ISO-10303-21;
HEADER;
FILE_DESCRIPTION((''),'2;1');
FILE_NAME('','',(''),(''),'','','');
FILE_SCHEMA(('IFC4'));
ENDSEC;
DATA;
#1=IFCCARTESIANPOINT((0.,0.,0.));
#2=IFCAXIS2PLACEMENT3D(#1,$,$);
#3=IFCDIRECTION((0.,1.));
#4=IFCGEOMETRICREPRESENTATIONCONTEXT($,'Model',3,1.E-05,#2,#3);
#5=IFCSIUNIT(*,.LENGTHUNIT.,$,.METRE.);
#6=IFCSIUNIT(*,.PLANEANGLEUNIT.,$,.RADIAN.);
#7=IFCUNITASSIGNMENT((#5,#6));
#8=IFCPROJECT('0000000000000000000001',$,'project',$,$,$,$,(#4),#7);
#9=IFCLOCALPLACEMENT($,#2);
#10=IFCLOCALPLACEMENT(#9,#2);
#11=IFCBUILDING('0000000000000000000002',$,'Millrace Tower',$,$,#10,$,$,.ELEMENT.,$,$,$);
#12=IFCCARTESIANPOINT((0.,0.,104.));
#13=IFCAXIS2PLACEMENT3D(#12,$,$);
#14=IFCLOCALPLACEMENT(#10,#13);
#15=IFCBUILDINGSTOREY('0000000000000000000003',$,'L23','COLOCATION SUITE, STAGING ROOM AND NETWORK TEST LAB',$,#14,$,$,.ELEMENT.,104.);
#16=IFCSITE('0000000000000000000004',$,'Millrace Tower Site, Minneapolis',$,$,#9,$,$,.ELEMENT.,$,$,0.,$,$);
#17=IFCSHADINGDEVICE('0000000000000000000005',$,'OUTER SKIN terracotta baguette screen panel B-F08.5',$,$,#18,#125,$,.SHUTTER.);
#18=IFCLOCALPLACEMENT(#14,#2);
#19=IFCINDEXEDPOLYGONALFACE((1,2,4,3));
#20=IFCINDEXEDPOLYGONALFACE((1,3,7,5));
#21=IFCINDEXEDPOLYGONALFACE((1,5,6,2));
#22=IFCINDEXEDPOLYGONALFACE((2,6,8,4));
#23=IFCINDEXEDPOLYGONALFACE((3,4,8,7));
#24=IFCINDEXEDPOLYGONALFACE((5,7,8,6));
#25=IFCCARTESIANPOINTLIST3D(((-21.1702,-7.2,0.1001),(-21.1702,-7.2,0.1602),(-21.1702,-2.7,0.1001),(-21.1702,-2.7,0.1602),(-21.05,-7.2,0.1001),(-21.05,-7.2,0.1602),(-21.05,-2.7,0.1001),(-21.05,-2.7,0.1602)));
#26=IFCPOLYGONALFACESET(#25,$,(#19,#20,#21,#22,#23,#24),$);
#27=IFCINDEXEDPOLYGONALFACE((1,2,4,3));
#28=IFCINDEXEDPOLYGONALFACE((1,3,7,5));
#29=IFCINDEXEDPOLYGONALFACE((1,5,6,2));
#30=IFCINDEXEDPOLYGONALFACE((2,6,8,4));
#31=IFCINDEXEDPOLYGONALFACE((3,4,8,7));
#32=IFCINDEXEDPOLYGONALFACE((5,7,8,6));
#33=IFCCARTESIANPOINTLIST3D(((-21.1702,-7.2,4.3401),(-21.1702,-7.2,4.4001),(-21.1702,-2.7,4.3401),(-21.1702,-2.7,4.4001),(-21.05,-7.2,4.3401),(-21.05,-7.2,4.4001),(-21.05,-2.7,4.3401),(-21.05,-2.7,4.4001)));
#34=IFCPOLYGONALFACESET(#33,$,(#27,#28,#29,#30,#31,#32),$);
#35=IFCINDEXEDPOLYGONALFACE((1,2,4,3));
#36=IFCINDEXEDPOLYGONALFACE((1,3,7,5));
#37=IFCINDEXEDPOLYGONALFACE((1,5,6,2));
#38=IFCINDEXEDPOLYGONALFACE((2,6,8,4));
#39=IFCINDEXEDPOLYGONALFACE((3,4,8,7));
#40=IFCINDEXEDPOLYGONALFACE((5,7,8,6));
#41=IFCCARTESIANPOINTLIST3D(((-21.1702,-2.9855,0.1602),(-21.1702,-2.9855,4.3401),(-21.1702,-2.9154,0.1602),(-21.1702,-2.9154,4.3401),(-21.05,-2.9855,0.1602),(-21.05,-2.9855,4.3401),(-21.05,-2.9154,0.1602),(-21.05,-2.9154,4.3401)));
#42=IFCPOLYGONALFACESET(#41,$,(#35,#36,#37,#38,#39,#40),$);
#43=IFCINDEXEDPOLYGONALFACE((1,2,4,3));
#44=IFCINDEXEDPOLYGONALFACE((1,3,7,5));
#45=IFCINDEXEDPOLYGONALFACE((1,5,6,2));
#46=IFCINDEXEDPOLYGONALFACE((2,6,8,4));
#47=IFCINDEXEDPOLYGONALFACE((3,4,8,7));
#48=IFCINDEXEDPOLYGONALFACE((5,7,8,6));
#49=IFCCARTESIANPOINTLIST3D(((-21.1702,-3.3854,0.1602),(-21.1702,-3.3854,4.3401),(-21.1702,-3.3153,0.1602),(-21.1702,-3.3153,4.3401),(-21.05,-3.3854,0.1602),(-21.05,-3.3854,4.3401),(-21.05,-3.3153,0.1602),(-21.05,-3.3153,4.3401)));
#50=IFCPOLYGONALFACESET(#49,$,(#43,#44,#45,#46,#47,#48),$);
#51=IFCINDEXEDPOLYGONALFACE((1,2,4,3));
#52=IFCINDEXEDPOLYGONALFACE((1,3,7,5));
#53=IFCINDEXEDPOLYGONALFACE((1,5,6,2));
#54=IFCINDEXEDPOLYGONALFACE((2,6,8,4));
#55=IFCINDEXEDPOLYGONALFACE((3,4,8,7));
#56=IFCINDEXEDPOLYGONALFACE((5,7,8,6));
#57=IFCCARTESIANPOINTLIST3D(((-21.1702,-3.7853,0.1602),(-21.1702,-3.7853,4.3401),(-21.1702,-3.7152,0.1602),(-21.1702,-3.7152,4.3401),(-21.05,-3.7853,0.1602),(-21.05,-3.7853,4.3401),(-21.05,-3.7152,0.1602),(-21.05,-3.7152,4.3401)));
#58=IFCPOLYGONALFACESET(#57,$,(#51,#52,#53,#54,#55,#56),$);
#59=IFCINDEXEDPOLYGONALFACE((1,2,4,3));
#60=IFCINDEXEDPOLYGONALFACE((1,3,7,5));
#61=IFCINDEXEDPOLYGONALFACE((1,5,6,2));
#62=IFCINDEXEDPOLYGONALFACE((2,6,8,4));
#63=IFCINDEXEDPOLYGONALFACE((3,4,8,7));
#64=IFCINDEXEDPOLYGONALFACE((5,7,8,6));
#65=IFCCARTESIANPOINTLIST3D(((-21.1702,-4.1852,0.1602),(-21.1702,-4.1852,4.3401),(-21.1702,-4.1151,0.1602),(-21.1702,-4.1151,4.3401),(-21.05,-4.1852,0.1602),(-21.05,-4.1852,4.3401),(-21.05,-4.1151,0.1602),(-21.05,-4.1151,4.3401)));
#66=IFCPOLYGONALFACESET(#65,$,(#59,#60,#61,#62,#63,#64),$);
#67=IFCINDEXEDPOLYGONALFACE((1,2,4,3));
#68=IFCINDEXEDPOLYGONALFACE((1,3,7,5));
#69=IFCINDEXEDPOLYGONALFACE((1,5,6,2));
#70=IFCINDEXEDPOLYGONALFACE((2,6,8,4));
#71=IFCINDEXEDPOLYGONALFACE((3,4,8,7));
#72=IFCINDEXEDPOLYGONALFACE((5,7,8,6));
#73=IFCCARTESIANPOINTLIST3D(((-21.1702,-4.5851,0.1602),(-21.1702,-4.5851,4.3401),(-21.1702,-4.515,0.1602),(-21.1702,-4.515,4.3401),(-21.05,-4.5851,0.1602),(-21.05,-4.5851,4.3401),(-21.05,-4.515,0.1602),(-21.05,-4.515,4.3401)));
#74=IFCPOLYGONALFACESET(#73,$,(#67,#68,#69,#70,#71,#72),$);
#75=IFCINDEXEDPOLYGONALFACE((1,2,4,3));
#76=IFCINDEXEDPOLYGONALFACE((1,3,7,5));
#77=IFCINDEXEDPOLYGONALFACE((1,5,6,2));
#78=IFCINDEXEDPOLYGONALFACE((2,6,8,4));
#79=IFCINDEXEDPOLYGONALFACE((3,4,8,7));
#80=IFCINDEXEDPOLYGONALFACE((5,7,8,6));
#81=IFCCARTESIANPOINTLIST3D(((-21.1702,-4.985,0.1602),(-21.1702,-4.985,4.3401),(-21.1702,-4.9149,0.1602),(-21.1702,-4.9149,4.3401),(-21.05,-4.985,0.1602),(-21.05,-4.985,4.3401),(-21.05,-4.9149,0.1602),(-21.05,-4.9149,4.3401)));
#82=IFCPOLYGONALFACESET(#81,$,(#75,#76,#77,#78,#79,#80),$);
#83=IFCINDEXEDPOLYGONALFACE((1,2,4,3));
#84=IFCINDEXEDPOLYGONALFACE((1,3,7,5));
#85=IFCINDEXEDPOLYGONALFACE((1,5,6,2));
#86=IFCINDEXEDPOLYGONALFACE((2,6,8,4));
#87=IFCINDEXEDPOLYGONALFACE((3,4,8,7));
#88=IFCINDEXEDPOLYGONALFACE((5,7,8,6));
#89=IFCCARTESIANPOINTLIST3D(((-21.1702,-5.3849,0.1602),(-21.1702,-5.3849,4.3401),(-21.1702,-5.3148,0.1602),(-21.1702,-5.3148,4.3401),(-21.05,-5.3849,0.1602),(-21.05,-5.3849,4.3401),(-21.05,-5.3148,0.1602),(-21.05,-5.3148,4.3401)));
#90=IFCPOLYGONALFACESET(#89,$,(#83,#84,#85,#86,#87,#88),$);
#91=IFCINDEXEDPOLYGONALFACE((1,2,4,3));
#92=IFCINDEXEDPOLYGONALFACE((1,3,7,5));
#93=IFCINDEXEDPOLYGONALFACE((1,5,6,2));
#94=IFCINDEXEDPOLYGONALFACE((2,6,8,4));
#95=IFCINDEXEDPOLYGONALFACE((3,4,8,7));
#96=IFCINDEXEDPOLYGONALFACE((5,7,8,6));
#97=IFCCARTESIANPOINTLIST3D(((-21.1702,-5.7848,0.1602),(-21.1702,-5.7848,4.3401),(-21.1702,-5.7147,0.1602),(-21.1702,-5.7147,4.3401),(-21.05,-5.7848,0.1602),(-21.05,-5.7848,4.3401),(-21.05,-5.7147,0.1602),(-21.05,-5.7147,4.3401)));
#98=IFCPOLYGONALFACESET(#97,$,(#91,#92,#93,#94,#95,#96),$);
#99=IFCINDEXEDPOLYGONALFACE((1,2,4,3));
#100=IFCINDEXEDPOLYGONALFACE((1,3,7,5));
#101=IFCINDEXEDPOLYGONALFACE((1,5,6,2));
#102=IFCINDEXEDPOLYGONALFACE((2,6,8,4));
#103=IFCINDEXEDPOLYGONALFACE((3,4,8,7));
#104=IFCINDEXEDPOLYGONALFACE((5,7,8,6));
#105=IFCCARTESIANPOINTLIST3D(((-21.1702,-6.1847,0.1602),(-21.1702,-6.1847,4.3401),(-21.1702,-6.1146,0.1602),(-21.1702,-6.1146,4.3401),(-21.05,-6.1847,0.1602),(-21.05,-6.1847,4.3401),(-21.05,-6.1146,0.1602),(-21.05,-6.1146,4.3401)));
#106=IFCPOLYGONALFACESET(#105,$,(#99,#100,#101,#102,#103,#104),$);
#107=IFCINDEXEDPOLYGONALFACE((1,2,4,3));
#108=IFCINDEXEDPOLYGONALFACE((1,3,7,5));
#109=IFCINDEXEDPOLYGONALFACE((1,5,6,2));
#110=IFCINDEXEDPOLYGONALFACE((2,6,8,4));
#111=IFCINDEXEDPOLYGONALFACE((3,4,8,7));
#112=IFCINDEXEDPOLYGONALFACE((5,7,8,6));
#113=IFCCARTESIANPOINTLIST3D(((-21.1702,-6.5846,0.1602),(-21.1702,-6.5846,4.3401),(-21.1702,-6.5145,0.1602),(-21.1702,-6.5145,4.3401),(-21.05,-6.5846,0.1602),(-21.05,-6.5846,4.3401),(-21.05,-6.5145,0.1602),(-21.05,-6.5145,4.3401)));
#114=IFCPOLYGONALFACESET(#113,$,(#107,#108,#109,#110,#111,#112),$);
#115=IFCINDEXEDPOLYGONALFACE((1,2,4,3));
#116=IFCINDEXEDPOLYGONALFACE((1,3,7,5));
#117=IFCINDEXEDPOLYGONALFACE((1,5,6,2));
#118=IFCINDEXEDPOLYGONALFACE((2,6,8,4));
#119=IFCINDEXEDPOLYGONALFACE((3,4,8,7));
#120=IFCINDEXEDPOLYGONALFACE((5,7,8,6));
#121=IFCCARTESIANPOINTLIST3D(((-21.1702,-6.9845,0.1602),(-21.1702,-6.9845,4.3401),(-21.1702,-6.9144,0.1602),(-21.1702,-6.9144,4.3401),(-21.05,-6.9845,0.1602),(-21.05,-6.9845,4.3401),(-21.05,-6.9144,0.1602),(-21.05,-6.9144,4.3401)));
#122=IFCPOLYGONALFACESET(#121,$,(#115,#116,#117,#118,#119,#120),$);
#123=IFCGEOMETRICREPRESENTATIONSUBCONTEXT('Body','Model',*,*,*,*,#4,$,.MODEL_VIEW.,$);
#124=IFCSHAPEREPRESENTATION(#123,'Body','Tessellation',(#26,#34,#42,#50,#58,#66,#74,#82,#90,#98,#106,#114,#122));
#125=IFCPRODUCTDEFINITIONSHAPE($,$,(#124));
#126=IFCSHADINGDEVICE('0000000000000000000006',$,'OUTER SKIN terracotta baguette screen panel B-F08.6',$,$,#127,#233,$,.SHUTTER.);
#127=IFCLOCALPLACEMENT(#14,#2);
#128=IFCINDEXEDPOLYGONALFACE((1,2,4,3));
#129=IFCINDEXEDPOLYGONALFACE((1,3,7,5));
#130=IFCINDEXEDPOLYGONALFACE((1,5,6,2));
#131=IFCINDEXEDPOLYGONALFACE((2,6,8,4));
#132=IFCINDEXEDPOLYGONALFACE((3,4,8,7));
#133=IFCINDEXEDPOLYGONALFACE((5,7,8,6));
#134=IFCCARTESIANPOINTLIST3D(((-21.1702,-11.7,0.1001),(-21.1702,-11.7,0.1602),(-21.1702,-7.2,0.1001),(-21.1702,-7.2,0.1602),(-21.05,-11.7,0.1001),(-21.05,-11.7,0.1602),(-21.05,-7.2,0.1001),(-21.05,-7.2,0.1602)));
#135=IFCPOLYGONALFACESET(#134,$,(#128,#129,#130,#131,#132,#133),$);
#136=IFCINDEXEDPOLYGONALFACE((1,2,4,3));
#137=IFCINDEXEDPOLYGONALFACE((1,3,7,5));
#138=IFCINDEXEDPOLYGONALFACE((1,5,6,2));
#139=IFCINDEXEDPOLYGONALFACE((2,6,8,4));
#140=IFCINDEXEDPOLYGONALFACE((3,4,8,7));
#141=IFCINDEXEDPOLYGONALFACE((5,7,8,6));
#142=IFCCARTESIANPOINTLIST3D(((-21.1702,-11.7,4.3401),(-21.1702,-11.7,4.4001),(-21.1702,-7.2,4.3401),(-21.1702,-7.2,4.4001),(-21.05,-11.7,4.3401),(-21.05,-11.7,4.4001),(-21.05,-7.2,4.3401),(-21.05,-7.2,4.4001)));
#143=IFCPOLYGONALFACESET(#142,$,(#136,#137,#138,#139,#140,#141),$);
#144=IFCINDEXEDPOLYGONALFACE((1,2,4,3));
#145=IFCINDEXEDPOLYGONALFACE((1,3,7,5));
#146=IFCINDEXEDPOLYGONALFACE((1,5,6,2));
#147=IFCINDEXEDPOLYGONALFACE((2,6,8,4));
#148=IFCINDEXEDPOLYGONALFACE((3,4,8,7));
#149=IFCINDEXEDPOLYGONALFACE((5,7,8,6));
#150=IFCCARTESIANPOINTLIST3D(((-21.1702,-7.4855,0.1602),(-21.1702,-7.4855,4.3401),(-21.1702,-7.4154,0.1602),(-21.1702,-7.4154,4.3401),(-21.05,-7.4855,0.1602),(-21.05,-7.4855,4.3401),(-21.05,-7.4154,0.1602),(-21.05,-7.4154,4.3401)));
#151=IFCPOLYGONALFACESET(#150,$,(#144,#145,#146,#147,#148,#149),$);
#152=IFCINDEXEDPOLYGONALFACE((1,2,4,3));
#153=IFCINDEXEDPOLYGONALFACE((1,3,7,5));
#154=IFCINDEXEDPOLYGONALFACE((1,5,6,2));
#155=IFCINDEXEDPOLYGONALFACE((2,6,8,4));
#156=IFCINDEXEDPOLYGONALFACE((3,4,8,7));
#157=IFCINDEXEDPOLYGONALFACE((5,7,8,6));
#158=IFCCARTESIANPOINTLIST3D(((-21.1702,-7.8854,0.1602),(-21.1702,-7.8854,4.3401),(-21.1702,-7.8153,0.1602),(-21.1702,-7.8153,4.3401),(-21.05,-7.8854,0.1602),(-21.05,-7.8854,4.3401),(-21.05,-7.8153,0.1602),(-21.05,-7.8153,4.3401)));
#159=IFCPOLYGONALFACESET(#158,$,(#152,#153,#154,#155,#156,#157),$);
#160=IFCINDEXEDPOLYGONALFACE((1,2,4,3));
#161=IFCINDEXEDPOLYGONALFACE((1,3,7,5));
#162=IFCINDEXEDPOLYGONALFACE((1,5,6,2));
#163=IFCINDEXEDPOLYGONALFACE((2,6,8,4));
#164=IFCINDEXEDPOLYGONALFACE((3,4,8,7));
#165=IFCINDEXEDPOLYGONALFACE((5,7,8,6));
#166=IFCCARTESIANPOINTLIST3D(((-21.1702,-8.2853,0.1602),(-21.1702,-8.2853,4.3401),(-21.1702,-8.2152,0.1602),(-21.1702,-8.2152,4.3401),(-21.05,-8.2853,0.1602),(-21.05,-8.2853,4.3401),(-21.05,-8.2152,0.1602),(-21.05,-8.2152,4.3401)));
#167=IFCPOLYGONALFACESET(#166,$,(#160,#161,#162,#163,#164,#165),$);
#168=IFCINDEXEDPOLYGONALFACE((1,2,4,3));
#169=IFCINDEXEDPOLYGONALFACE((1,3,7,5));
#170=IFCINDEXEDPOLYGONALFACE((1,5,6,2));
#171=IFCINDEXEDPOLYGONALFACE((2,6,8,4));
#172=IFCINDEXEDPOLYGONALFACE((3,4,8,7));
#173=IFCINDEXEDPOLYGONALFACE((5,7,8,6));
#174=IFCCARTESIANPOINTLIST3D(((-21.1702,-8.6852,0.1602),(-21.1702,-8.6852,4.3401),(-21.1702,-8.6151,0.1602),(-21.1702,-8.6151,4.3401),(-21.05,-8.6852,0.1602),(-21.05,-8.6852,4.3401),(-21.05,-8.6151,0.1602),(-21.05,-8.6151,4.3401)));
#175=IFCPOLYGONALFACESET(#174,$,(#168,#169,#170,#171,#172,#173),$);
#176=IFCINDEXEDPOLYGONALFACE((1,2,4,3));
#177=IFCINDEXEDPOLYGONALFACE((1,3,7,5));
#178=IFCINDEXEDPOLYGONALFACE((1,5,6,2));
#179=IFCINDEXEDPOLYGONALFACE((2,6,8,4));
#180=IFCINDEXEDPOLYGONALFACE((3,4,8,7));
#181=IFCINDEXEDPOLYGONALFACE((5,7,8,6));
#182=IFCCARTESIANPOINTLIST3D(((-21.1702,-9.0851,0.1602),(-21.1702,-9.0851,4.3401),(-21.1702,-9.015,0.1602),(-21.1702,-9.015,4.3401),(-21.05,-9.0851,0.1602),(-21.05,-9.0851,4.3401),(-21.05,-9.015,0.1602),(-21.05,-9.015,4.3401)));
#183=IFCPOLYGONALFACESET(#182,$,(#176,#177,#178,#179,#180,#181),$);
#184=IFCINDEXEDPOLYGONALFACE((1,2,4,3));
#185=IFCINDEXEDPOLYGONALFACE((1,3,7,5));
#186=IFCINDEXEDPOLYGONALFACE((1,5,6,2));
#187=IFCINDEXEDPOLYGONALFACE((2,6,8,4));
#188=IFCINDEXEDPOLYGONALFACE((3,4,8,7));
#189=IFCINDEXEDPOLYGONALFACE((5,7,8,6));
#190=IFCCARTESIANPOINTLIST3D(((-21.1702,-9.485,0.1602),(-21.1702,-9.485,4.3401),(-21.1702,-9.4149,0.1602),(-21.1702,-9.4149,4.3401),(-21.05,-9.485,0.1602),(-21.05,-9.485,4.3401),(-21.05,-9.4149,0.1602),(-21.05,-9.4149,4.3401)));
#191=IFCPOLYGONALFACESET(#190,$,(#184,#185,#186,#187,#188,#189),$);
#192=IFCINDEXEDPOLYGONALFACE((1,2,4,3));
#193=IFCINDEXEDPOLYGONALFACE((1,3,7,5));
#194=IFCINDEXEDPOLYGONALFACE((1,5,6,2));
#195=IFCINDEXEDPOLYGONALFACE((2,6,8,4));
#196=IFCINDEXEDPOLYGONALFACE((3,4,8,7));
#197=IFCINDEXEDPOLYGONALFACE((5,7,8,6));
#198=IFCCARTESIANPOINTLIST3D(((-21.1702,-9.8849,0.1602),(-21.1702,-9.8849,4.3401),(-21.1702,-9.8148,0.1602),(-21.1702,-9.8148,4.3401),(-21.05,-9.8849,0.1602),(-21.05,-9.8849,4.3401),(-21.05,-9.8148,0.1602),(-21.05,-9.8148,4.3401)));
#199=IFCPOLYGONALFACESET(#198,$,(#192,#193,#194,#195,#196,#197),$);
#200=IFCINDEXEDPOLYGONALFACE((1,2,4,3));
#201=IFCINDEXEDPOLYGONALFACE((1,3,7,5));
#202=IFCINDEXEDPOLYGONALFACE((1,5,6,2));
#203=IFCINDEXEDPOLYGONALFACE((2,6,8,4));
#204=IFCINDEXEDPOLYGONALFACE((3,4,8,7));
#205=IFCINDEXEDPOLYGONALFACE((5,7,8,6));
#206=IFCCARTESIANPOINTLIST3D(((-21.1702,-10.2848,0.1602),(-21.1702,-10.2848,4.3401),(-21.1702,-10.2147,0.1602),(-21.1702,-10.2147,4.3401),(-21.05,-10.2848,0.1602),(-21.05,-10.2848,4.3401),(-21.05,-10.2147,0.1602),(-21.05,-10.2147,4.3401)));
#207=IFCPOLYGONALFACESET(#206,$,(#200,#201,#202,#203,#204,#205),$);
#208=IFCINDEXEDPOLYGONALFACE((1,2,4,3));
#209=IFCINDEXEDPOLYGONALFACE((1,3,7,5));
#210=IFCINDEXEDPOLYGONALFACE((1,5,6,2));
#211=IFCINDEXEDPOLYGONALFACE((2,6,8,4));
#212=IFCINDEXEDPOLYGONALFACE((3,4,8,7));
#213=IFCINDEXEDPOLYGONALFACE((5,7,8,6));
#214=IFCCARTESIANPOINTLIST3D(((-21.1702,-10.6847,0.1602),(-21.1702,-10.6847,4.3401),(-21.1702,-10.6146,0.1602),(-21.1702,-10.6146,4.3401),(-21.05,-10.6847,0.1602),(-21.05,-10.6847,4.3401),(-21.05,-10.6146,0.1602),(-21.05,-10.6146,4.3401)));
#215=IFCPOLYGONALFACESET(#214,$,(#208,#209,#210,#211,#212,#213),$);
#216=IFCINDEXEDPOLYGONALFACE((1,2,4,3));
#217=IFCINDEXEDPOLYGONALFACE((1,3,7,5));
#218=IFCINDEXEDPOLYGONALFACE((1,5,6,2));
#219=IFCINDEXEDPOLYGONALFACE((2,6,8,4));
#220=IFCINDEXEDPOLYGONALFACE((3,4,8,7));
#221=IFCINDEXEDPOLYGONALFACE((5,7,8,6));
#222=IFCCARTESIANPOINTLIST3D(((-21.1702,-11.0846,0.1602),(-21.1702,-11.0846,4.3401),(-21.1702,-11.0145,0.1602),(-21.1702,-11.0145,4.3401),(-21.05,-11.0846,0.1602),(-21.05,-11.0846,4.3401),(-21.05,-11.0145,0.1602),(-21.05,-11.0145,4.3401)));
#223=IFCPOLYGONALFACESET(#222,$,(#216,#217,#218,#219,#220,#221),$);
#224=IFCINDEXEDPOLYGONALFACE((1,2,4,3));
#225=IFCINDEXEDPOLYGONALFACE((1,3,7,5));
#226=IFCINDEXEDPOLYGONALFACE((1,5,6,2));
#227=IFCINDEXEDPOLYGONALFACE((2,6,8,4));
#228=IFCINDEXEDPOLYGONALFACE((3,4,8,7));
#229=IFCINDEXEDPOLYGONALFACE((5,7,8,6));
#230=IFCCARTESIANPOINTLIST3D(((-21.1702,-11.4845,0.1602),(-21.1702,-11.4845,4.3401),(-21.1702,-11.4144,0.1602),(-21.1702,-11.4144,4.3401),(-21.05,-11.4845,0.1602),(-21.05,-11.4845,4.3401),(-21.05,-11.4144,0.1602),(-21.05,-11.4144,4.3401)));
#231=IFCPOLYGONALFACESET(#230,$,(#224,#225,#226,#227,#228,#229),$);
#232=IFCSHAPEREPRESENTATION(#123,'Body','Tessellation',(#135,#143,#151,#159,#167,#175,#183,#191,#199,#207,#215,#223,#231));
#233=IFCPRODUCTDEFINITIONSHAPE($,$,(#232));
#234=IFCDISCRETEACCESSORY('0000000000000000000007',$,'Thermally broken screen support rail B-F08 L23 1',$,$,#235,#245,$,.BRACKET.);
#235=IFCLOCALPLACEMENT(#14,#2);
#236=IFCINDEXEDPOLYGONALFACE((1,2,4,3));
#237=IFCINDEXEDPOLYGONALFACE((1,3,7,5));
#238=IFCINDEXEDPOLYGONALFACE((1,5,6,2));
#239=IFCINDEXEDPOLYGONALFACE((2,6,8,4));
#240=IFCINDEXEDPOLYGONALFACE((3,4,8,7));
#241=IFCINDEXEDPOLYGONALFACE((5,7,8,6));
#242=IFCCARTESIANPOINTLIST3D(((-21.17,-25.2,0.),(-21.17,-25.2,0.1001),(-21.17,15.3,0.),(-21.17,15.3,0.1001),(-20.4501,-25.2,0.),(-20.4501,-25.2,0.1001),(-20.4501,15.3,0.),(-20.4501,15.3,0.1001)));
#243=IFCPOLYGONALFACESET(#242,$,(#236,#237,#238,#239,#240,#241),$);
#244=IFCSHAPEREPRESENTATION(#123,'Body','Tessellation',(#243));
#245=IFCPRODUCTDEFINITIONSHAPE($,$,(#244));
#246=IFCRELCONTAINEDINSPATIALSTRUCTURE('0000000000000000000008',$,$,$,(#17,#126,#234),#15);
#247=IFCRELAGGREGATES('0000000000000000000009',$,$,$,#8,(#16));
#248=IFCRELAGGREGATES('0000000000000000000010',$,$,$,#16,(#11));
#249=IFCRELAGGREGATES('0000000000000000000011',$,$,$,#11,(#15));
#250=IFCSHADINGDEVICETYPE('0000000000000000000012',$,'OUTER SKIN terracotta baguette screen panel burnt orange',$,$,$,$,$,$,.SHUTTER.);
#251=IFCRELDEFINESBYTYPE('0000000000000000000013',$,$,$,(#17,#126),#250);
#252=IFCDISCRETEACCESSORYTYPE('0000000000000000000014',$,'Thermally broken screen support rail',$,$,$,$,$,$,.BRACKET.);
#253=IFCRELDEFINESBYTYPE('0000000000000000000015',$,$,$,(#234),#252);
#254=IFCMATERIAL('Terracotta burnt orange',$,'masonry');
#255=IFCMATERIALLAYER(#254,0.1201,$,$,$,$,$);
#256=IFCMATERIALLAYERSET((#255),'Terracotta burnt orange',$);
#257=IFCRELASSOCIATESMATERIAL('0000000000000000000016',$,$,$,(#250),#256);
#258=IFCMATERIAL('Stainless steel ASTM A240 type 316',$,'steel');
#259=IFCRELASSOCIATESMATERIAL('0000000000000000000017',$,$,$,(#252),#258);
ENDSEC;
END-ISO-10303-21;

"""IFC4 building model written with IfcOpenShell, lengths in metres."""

from ifc_helpers import new_model, entity, si_unit, direction, frame, frame_2d, origin, origin_2d, place, context, subcontext, project, spatial, rectangle, extrude, source, transform, mapped, material, layer, layer_set, type_object, element, save


model = new_model("IFC4")

# Units and contexts
model_context = context("Model", 3, precision=1e-05, world=origin(), true_north=direction((0.0, 1.0)))
body_context = subcontext(model_context, "Body", "Model", "MODEL_VIEW")
ifc_project = project(units=[si_unit("LENGTHUNIT", "METRE"), si_unit("PLANEANGLEUNIT", "RADIAN")], contexts=[model_context])

# Site, building, storey
site_placement = place(None, origin())
site = spatial("IfcSite", under=ifc_project, at=site_placement, Name="Millrace Tower Site, Minneapolis", CompositionType="ELEMENT", RefElevation=0.0)
building_placement = place(site_placement, origin())
building = spatial("IfcBuilding", under=site, at=building_placement, Name="Millrace Tower", CompositionType="ELEMENT")
storey_placement = place(building_placement, frame((0.0, 0.0, 104.0)))
storey = spatial("IfcBuildingStorey", under=building, at=storey_placement, Name="L23", Description="COLOCATION SUITE, STAGING ROOM AND NETWORK TEST LAB", CompositionType="ELEMENT", Elevation=104.0)

# Shading devices
ifc_material_1 = material(Name="Terracotta burnt orange", Category="masonry")
ifc_layer_1 = layer(ifc_material_1, 0.1201)
ifc_layer_set_1 = layer_set([ifc_layer_1], Name="Terracotta burnt orange")
shading_device_type = type_object("IfcShadingDeviceType", Name="OUTER SKIN terracotta baguette screen panel burnt orange", PredefinedType="SHUTTER", material=ifc_layer_set_1)
cartesian_point = entity("IfcCartesianPoint", [-2.25, 0.0601])
shared_polyline = entity("IfcPolyline", [cartesian_point, entity("IfcCartesianPoint", [2.25, 0.0601]), entity("IfcCartesianPoint", [2.25, -0.0601]), entity("IfcCartesianPoint", [-2.25, -0.0601]), cartesian_point])
shared_shape = source(origin(), body_context, "Body", "SweptSolid", [
    entity("IfcExtrudedAreaSolid", entity("IfcArbitraryClosedProfileDef", "AREA", None, shared_polyline), entity("IfcAxis2Placement3D", entity("IfcCartesianPoint", [0.0, 0.0, 0.0])), entity("IfcDirection", [0.0, 0.0, 1.0]), 0.0601),
    entity("IfcExtrudedAreaSolid", entity("IfcArbitraryClosedProfileDef", "AREA", None, shared_polyline), entity("IfcAxis2Placement3D", entity("IfcCartesianPoint", [0.0, 0.0, 4.24])), entity("IfcDirection", [0.0, 0.0, 1.0]), 0.0601),
    extrude(rectangle(XDim=0.0701, YDim=0.1201, at=frame_2d((-1.9995, 0.0))), frame((0.0, 0.0, 0.0601)), (0.0, 0.0, 1.0), 4.1799),
    extrude(rectangle(XDim=0.0701, YDim=0.1201, at=frame_2d((-1.5996, 0.0))), frame((0.0, 0.0, 0.0601)), (0.0, 0.0, 1.0), 4.1799),
    extrude(rectangle(XDim=0.0701, YDim=0.1201, at=frame_2d((-1.1997, 0.0))), frame((0.0, 0.0, 0.0601)), (0.0, 0.0, 1.0), 4.1799),
    extrude(rectangle(XDim=0.0701, YDim=0.1201, at=frame_2d((-0.7998, 0.0))), frame((0.0, 0.0, 0.0601)), (0.0, 0.0, 1.0), 4.1799),
    extrude(rectangle(XDim=0.0701, YDim=0.1201, at=frame_2d((-0.3999, 0.0))), frame((0.0, 0.0, 0.0601)), (0.0, 0.0, 1.0), 4.1799),
    extrude(rectangle(XDim=0.0701, YDim=0.1201, at=origin_2d()), frame((0.0, 0.0, 0.0601)), (0.0, 0.0, 1.0), 4.1799),
    extrude(rectangle(XDim=0.0701, YDim=0.1201, at=frame_2d((0.3999, 0.0))), frame((0.0, 0.0, 0.0601)), (0.0, 0.0, 1.0), 4.1799),
    extrude(rectangle(XDim=0.0701, YDim=0.1201, at=frame_2d((0.7998, 0.0))), frame((0.0, 0.0, 0.0601)), (0.0, 0.0, 1.0), 4.1799),
    extrude(rectangle(XDim=0.0701, YDim=0.1201, at=frame_2d((1.1997, 0.0))), frame((0.0, 0.0, 0.0601)), (0.0, 0.0, 1.0), 4.1799),
    extrude(rectangle(XDim=0.0701, YDim=0.1201, at=frame_2d((1.5996, 0.0))), frame((0.0, 0.0, 0.0601)), (0.0, 0.0, 1.0), 4.1799),
    extrude(rectangle(XDim=0.0701, YDim=0.1201, at=frame_2d((1.9995, 0.0))), frame((0.0, 0.0, 0.0601)), (0.0, 0.0, 1.0), 4.1799),
])
for number, where, z_axis, x_axis, name in (
    (1, (-21.1101, -4.95, 0.1001), (0.0, 0.0, 1.0), (0.0, -1.0, 0.0), "OUTER SKIN terracotta baguette screen panel B-F08.5"),
    (2, (-21.1101, -9.45, 0.1001), (0.0, 0.0, 1.0), (0.0, -1.0, 0.0), "OUTER SKIN terracotta baguette screen panel B-F08.6"),
):
    element("IfcShadingDevice", number, at=place(storey_placement, frame(where, z_axis=z_axis, x_axis=x_axis)), inside=storey, type_object=shading_device_type, Name=name, PredefinedType="SHUTTER", context=body_context, shape_type="MappedRepresentation", body=[
        mapped(shared_shape, transform((0.0, 0.0, 0.0), scale=1.0)),
    ])

# Discrete accessory
ifc_material_2 = material(Name="Stainless steel ASTM A240 type 316", Category="steel")
discrete_accessory_type = type_object("IfcDiscreteAccessoryType", Name="Thermally broken screen support rail", PredefinedType="BRACKET", material=ifc_material_2)
discrete_accessory_placement = place(storey_placement, frame((-20.8101, -4.95, 0.0), z_axis=(0.0, 0.0, 1.0), x_axis=(0.0, -1.0, 0.0)))
element("IfcDiscreteAccessory", 3, at=discrete_accessory_placement, inside=storey, type_object=discrete_accessory_type, Name="Thermally broken screen support rail B-F08 L23 1", PredefinedType="BRACKET", context=body_context, shape_type="SweptSolid", body=[
    extrude(rectangle(XDim=40.5, YDim=0.72, at=origin_2d()), origin(), (0.0, 0.0, 1.0), 0.1001),
])

save(model, "model.ifc")
